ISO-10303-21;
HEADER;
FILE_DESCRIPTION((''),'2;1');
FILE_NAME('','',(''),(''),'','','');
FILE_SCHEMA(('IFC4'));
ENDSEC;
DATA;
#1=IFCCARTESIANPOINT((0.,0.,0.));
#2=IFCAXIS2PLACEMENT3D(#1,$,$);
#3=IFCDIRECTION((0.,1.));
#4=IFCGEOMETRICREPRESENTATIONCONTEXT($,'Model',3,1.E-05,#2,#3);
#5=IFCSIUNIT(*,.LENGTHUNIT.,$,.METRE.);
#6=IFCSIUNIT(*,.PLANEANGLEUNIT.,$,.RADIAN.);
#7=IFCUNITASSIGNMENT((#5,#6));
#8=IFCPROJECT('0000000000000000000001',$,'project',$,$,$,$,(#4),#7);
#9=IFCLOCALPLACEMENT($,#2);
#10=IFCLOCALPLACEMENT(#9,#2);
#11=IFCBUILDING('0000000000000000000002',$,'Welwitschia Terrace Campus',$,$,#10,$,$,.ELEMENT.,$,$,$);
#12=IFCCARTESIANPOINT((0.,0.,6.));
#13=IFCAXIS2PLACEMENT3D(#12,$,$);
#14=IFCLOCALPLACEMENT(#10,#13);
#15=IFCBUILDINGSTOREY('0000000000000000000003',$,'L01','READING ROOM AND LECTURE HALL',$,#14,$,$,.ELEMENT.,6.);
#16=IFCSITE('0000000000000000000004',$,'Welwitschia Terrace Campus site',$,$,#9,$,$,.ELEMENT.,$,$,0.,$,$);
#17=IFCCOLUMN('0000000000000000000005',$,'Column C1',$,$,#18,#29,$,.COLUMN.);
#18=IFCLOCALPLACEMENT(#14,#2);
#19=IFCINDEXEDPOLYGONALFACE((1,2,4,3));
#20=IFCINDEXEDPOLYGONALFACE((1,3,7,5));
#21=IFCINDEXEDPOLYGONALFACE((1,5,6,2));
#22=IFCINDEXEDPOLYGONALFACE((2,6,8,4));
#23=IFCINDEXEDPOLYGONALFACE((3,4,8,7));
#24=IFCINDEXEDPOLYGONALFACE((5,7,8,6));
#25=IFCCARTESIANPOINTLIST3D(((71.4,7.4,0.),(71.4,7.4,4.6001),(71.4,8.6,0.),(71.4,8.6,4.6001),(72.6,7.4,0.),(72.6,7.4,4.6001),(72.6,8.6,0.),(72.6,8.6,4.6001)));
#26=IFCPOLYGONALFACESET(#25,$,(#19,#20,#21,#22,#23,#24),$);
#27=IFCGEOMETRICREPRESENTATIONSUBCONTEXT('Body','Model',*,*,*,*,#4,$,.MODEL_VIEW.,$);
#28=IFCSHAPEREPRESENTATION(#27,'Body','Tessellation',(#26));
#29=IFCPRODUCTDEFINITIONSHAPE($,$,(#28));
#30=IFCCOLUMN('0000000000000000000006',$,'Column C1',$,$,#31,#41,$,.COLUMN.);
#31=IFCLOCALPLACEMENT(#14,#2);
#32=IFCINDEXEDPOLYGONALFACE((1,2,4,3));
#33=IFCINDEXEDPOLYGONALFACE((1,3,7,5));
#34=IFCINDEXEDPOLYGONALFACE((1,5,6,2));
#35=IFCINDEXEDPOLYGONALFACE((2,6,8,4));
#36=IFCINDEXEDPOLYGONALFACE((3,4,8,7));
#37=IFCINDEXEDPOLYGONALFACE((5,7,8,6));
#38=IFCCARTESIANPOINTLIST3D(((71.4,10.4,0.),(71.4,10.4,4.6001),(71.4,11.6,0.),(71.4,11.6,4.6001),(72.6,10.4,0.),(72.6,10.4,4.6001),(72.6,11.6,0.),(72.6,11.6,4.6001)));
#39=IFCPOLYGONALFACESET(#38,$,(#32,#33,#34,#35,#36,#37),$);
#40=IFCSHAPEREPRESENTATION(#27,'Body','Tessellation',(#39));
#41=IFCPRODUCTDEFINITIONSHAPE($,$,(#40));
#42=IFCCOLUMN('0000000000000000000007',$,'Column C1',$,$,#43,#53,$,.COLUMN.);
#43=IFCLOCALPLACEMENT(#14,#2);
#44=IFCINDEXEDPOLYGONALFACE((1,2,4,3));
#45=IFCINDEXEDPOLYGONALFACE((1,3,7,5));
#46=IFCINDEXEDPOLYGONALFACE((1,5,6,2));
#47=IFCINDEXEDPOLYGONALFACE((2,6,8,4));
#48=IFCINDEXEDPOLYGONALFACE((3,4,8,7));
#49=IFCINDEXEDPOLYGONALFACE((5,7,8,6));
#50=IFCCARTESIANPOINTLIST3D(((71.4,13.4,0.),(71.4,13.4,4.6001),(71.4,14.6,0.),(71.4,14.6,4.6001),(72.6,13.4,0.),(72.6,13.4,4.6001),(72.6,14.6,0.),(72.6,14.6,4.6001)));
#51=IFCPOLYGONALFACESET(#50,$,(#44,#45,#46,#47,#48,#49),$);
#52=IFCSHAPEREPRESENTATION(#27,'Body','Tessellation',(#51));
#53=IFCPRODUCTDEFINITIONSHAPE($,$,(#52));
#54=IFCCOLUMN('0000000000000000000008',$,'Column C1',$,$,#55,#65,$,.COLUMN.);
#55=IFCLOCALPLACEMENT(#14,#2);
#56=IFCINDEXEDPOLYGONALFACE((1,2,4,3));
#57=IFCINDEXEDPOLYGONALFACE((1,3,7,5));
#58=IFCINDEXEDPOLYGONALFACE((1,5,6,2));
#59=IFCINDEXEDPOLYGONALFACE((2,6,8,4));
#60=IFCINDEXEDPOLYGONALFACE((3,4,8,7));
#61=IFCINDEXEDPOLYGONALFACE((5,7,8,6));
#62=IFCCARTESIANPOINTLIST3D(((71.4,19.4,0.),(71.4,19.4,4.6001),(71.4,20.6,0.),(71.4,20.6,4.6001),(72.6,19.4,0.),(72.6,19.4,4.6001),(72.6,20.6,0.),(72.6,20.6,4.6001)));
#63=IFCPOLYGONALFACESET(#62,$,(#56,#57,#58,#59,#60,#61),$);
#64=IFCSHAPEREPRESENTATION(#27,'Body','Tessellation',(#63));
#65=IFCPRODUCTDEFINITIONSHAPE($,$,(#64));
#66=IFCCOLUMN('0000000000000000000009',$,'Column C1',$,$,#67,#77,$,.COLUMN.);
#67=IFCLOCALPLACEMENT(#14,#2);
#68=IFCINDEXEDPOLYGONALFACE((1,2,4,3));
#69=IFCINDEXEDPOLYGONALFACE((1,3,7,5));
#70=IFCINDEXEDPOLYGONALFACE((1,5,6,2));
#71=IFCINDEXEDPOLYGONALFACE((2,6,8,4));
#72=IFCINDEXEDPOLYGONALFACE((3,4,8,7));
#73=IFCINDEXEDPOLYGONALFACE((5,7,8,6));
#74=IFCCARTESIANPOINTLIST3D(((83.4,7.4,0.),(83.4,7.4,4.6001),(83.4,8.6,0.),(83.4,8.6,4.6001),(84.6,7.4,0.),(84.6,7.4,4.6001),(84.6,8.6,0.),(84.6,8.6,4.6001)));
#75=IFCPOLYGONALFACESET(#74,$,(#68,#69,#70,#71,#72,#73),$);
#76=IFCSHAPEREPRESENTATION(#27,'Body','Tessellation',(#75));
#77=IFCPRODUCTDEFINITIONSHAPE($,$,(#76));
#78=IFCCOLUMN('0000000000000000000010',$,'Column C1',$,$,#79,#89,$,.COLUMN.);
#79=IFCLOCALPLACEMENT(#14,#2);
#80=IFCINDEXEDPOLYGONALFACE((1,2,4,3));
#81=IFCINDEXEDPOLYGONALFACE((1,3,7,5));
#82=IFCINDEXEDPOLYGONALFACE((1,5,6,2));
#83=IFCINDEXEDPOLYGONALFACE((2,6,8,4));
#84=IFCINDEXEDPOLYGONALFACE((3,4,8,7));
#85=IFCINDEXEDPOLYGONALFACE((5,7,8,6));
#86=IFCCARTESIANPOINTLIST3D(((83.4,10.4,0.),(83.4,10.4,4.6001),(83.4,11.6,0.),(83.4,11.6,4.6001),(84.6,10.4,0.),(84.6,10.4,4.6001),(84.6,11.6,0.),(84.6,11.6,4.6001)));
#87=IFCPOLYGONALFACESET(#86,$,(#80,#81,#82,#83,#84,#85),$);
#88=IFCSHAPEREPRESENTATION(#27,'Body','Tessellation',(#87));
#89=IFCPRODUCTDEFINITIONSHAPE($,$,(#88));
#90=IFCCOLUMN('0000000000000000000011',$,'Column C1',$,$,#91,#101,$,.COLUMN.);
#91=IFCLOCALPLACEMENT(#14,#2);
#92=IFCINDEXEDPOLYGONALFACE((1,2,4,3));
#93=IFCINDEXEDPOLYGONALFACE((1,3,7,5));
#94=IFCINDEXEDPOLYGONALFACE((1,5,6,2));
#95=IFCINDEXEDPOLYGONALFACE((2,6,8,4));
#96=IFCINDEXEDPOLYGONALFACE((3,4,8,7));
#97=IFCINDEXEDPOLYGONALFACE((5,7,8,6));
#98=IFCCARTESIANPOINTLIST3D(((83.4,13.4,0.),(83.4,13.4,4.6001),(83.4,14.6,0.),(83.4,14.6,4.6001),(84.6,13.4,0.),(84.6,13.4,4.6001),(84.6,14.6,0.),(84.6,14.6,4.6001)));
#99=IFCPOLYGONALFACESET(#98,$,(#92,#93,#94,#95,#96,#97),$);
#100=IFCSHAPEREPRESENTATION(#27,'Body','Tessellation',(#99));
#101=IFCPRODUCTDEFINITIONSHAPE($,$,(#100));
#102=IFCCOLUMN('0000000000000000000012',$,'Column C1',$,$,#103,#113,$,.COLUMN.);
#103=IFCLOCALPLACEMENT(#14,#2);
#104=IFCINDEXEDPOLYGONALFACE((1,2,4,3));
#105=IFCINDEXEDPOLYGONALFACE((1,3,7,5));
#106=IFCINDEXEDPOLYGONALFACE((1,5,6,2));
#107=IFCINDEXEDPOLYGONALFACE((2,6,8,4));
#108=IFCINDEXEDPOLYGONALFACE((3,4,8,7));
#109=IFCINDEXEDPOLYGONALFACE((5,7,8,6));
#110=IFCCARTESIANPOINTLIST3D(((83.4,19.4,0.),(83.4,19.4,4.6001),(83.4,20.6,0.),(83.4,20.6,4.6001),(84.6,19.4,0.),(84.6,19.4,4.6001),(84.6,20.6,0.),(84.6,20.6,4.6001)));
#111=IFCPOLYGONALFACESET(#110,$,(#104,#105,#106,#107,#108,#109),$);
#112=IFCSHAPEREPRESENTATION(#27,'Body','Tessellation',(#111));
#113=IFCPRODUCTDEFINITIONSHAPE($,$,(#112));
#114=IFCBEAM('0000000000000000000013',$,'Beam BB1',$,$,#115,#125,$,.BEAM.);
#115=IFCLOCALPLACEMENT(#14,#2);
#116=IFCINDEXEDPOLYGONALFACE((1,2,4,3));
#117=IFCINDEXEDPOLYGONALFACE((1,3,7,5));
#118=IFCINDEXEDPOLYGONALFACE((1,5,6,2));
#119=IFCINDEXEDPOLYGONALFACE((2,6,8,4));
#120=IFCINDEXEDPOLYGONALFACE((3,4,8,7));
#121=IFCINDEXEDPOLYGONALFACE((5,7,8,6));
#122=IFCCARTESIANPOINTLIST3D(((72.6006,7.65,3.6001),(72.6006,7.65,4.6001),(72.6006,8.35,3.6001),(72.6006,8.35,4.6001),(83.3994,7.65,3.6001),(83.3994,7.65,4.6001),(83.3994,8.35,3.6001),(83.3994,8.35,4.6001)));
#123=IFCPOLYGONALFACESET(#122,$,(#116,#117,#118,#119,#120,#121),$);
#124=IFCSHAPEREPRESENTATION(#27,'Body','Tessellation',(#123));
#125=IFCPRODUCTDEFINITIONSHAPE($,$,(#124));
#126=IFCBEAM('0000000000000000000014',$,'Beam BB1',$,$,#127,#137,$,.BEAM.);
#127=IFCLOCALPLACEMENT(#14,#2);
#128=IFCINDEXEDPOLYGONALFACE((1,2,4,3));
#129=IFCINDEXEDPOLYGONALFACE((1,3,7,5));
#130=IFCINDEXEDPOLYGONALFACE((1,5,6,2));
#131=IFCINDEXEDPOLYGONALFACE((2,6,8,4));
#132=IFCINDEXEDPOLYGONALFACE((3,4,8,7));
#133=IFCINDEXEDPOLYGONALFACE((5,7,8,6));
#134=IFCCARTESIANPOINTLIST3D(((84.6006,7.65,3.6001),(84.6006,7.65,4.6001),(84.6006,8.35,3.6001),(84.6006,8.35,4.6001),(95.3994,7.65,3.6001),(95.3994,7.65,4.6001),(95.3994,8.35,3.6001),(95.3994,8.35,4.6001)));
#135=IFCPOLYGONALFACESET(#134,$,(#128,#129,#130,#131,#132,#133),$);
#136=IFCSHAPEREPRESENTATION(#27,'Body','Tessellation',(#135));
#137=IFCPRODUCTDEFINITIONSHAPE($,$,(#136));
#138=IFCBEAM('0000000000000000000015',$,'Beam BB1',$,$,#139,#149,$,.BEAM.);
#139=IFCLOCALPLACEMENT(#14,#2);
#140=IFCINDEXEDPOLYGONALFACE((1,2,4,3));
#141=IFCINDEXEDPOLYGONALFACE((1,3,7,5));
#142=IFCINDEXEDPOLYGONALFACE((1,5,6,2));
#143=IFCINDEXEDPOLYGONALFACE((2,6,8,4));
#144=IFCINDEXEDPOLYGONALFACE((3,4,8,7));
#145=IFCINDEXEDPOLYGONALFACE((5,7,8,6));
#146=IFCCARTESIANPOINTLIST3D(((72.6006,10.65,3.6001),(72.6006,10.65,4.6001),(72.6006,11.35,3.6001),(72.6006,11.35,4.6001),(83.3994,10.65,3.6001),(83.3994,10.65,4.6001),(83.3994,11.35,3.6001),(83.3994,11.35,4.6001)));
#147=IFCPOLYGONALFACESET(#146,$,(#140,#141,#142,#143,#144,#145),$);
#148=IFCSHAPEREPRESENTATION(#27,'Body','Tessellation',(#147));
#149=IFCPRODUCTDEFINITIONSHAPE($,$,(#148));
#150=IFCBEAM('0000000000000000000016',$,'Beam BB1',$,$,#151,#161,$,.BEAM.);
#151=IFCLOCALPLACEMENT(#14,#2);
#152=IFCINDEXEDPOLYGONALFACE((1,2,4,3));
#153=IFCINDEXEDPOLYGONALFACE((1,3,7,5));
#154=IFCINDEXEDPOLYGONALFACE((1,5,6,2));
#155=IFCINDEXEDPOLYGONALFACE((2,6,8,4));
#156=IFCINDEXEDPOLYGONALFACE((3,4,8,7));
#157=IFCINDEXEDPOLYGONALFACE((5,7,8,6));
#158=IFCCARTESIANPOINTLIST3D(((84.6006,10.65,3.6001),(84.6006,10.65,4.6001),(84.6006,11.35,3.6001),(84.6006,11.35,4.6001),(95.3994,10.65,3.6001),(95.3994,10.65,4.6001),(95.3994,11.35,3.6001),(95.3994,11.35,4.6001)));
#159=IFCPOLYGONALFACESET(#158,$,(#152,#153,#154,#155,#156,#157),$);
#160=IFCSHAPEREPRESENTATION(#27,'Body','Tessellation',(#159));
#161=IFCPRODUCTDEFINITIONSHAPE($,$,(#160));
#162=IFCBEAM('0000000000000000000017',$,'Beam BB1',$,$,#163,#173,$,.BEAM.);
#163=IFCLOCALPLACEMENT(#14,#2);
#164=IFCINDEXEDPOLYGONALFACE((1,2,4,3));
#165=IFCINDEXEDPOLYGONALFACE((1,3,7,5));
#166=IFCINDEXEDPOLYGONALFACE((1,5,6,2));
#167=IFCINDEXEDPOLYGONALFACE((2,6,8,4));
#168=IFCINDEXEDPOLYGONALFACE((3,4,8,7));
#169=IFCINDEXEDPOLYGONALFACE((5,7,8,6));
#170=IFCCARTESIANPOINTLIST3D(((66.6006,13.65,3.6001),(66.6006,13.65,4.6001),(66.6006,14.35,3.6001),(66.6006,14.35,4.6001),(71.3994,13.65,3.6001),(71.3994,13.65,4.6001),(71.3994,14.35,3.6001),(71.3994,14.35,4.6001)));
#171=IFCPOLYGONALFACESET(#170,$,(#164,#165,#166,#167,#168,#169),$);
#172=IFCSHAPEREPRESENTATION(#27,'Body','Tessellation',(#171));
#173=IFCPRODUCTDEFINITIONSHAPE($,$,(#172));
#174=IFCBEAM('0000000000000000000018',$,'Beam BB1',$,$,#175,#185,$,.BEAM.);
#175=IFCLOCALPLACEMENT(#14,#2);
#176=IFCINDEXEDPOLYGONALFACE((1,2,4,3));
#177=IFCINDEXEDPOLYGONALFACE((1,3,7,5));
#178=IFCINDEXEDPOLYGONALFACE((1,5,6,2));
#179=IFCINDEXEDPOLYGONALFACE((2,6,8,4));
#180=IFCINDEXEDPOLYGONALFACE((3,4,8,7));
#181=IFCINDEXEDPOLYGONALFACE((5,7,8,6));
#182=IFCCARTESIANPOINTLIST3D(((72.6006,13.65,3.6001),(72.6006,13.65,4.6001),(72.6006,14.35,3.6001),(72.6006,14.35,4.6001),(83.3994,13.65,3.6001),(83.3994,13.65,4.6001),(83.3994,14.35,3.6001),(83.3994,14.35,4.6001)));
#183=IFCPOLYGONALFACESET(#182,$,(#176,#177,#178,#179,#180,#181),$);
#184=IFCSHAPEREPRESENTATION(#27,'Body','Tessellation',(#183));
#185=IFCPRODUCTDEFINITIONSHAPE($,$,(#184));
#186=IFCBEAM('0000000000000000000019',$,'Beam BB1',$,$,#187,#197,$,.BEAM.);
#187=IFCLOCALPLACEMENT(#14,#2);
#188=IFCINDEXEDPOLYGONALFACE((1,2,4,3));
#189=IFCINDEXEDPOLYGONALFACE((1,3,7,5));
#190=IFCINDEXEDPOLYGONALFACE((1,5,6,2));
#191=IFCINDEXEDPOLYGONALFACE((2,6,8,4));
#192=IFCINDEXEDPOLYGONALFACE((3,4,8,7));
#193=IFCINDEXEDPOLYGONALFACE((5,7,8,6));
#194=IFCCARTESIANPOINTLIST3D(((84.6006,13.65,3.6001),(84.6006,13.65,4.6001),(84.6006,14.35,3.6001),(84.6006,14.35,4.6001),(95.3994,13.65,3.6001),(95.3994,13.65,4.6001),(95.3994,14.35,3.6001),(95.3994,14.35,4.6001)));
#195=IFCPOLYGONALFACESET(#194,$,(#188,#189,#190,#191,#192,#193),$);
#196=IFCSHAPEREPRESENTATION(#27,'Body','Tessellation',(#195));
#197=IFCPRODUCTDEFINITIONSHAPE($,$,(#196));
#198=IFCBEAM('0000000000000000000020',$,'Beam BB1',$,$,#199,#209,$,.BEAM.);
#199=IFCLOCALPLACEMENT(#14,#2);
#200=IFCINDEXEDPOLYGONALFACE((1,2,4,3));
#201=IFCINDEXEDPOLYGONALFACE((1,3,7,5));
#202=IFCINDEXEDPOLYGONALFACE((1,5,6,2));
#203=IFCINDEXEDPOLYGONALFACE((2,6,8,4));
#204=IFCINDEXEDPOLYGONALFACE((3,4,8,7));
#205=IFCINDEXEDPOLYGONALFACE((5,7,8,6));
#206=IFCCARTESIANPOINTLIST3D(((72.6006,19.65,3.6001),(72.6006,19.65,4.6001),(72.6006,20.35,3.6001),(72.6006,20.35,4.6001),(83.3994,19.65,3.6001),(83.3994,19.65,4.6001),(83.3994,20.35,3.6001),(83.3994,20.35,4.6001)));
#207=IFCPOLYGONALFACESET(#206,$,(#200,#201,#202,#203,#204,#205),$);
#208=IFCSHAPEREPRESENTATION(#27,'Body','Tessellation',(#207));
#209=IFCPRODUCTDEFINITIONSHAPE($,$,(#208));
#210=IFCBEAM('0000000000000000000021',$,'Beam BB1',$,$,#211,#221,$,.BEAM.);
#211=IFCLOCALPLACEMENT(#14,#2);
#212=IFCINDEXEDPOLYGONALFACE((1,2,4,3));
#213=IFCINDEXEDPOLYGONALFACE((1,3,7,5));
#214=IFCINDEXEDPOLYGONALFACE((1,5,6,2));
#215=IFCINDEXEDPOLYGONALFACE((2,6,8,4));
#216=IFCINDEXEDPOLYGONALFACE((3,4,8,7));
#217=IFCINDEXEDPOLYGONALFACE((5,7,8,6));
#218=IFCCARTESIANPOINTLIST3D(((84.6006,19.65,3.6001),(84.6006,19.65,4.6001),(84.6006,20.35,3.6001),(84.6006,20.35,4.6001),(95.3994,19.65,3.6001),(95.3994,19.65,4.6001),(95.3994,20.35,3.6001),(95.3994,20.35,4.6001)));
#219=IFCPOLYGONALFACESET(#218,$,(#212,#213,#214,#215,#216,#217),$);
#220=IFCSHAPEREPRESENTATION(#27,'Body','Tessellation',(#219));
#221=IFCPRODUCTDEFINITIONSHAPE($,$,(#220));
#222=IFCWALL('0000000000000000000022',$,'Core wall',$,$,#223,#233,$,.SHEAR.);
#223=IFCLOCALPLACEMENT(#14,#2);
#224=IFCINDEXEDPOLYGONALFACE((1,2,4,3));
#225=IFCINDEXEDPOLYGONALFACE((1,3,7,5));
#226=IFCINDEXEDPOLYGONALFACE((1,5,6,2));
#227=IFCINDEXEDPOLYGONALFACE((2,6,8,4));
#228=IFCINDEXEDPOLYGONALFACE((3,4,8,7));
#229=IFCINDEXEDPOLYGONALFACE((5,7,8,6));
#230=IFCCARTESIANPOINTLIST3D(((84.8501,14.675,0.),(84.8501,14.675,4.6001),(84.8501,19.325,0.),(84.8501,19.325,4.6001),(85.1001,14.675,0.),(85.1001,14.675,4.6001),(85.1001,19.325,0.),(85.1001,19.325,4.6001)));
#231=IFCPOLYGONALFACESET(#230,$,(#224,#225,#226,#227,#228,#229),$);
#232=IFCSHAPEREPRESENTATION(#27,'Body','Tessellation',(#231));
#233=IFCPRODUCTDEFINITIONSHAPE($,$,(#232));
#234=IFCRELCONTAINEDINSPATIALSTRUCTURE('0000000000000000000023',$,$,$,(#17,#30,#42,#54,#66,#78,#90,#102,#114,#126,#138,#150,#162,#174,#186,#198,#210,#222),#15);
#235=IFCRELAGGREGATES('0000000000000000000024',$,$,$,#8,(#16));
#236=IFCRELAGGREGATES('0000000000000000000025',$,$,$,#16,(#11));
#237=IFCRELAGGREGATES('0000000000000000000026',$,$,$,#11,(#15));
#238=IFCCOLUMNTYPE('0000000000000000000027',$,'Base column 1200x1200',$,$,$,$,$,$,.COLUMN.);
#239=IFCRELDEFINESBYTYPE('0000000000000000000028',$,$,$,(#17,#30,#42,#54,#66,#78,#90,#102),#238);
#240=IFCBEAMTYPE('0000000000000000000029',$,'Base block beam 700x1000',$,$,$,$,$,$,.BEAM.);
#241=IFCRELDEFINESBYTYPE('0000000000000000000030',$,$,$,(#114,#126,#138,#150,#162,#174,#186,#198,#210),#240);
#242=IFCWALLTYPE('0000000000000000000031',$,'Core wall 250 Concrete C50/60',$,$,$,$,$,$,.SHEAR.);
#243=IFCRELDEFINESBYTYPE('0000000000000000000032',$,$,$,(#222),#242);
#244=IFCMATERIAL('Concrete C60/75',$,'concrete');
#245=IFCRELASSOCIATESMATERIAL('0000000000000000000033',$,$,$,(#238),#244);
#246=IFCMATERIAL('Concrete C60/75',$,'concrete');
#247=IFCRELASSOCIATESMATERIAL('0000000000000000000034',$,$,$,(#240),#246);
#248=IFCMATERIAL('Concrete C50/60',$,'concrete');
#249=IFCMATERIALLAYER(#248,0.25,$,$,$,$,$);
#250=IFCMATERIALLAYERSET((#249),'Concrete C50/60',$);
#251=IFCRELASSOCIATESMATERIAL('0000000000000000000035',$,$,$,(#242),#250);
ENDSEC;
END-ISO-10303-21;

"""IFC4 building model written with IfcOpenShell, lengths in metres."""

from ifc_helpers import new_model, si_unit, direction, frame, frame_2d, origin, origin_2d, place, context, subcontext, project, spatial, rectangle, extrude, material, layer, layer_set, material_profile, profile_set, type_object, element, save


model = new_model("IFC4")

# Units and contexts
model_context = context("Model", 3, precision=1e-05, world=origin(), true_north=direction((0.0, 1.0)))
body_context = subcontext(model_context, "Body", "Model", "MODEL_VIEW")
ifc_project = project(units=[si_unit("LENGTHUNIT", "METRE"), si_unit("PLANEANGLEUNIT", "RADIAN")], contexts=[model_context])

# Site, building, storey
site_placement = place(None, origin())
site = spatial("IfcSite", under=ifc_project, at=site_placement, Name="Welwitschia Terrace Campus site", CompositionType="ELEMENT", RefElevation=0.0)
building_placement = place(site_placement, origin())
building = spatial("IfcBuilding", under=site, at=building_placement, Name="Welwitschia Terrace Campus", CompositionType="ELEMENT")
storey_placement = place(building_placement, frame((0.0, 0.0, 6.0)))
storey = spatial("IfcBuildingStorey", under=building, at=storey_placement, Name="L01", Description="READING ROOM AND LECTURE HALL", CompositionType="ELEMENT", Elevation=6.0)

# Columns
ifc_material_1 = material(Name="Concrete C60/75", Category="concrete")
ifc_material_profile_1 = material_profile(ifc_material_1, rectangle(XDim=1.2, YDim=1.2, at=origin_2d()))
ifc_profile_set_1 = profile_set([ifc_material_profile_1], Name="Concrete C60/75")
column_type = type_object("IfcColumnType", Name="Base column 1200x1200", PredefinedType="COLUMN", material=ifc_profile_set_1)
for number, where, z_axis, x_axis, name in (
    (1, (72.0, 8.0, 0.0), (0.0, 0.0, 1.0), (1.0, 0.0, 0.0), "Column C1"),
    (2, (72.0, 11.0, 0.0), (0.0, 0.0, 1.0), (1.0, 0.0, 0.0), "Column C1"),
    (3, (72.0, 14.0, 0.0), (0.0, 0.0, 1.0), (1.0, 0.0, 0.0), "Column C1"),
    (4, (72.0, 20.0, 0.0), (0.0, 0.0, 1.0), (1.0, 0.0, 0.0), "Column C1"),
    (5, (84.0, 8.0, 0.0), (0.0, 0.0, 1.0), (1.0, 0.0, 0.0), "Column C1"),
    (6, (84.0, 11.0, 0.0), (0.0, 0.0, 1.0), (1.0, 0.0, 0.0), "Column C1"),
    (7, (84.0, 14.0, 0.0), (0.0, 0.0, 1.0), (1.0, 0.0, 0.0), "Column C1"),
    (8, (84.0, 20.0, 0.0), (0.0, 0.0, 1.0), (1.0, 0.0, 0.0), "Column C1"),
):
    element("IfcColumn", number, at=place(storey_placement, frame(where, z_axis=z_axis, x_axis=x_axis)), inside=storey, type_object=column_type, Name=name, PredefinedType="COLUMN", context=body_context, shape_type="SweptSolid", body=[
        extrude(rectangle(XDim=1.2, YDim=1.2, at=origin_2d()), origin(), (0.0, 0.0, 1.0), 4.6001),
    ])

# Beams
ifc_material_2 = material(Name="Concrete C60/75", Category="concrete")
ifc_material_profile_2 = material_profile(ifc_material_2, rectangle(XDim=0.7, YDim=1.0, at=origin_2d()))
ifc_profile_set_2 = profile_set([ifc_material_profile_2], Name="Concrete C60/75")
beam_type = type_object("IfcBeamType", Name="Base block beam 700x1000", PredefinedType="BEAM", material=ifc_profile_set_2)
for number, where, z_axis, x_axis, name in (
    (9, (72.6006, 8.0, 4.1001), (1.0, 0.0, 0.0), (0.0, 1.0, 0.0), "Beam BB1"),
    (10, (84.6006, 8.0, 4.1001), (1.0, 0.0, 0.0), (0.0, 1.0, 0.0), "Beam BB1"),
    (11, (72.6006, 11.0, 4.1001), (1.0, 0.0, 0.0), (0.0, 1.0, 0.0), "Beam BB1"),
    (12, (84.6006, 11.0, 4.1001), (1.0, 0.0, 0.0), (0.0, 1.0, 0.0), "Beam BB1"),
):
    element("IfcBeam", number, at=place(storey_placement, frame(where, z_axis=z_axis, x_axis=x_axis)), inside=storey, type_object=beam_type, Name=name, PredefinedType="BEAM", context=body_context, shape_type="SweptSolid", body=[
        extrude(rectangle(XDim=0.7, YDim=1.0, at=origin_2d()), origin(), (0.0, 0.0, 1.0), 10.7988),
    ])
beam_placement = place(storey_placement, frame((66.6006, 14.0, 4.1001), z_axis=(1.0, 0.0, 0.0), x_axis=(0.0, 1.0, 0.0)))
element("IfcBeam", 13, at=beam_placement, inside=storey, type_object=beam_type, Name="Beam BB1", PredefinedType="BEAM", context=body_context, shape_type="SweptSolid", body=[
    extrude(rectangle(XDim=0.7, YDim=1.0, at=origin_2d()), origin(), (0.0, 0.0, 1.0), 4.7988),
])
for number, where, z_axis, x_axis, name in (
    (14, (72.6006, 14.0, 4.1001), (1.0, 0.0, 0.0), (0.0, 1.0, 0.0), "Beam BB1"),
    (15, (84.6006, 14.0, 4.1001), (1.0, 0.0, 0.0), (0.0, 1.0, 0.0), "Beam BB1"),
    (16, (72.6006, 20.0, 4.1001), (1.0, 0.0, 0.0), (0.0, 1.0, 0.0), "Beam BB1"),
    (17, (84.6006, 20.0, 4.1001), (1.0, 0.0, 0.0), (0.0, 1.0, 0.0), "Beam BB1"),
):
    element("IfcBeam", number, at=place(storey_placement, frame(where, z_axis=z_axis, x_axis=x_axis)), inside=storey, type_object=beam_type, Name=name, PredefinedType="BEAM", context=body_context, shape_type="SweptSolid", body=[
        extrude(rectangle(XDim=0.7, YDim=1.0, at=origin_2d()), origin(), (0.0, 0.0, 1.0), 10.7988),
    ])

# Wall
ifc_material_3 = material(Name="Concrete C50/60", Category="concrete")
ifc_layer_1 = layer(ifc_material_3, 0.25)
ifc_layer_set_1 = layer_set([ifc_layer_1], Name="Concrete C50/60")
wall_type_1 = type_object("IfcWallType", Name="Core wall 250 Concrete C50/60", PredefinedType="SHEAR", material=ifc_layer_set_1)
wall_1_placement = place(storey_placement, frame((84.9751, 14.675, 0.0), z_axis=(0.0, 0.0, 1.0), x_axis=(0.0, 1.0, 0.0)))
element("IfcWall", 18, at=wall_1_placement, inside=storey, type_object=wall_type_1, Name="Core wall", PredefinedType="SHEAR", context=body_context, shape_type="SweptSolid", body=[
    extrude(rectangle(XDim=4.6499, YDim=0.25, at=frame_2d((2.325, 0.0))), origin(), (0.0, 0.0, 1.0), 4.6001),
])

save(model, "model.ifc")
